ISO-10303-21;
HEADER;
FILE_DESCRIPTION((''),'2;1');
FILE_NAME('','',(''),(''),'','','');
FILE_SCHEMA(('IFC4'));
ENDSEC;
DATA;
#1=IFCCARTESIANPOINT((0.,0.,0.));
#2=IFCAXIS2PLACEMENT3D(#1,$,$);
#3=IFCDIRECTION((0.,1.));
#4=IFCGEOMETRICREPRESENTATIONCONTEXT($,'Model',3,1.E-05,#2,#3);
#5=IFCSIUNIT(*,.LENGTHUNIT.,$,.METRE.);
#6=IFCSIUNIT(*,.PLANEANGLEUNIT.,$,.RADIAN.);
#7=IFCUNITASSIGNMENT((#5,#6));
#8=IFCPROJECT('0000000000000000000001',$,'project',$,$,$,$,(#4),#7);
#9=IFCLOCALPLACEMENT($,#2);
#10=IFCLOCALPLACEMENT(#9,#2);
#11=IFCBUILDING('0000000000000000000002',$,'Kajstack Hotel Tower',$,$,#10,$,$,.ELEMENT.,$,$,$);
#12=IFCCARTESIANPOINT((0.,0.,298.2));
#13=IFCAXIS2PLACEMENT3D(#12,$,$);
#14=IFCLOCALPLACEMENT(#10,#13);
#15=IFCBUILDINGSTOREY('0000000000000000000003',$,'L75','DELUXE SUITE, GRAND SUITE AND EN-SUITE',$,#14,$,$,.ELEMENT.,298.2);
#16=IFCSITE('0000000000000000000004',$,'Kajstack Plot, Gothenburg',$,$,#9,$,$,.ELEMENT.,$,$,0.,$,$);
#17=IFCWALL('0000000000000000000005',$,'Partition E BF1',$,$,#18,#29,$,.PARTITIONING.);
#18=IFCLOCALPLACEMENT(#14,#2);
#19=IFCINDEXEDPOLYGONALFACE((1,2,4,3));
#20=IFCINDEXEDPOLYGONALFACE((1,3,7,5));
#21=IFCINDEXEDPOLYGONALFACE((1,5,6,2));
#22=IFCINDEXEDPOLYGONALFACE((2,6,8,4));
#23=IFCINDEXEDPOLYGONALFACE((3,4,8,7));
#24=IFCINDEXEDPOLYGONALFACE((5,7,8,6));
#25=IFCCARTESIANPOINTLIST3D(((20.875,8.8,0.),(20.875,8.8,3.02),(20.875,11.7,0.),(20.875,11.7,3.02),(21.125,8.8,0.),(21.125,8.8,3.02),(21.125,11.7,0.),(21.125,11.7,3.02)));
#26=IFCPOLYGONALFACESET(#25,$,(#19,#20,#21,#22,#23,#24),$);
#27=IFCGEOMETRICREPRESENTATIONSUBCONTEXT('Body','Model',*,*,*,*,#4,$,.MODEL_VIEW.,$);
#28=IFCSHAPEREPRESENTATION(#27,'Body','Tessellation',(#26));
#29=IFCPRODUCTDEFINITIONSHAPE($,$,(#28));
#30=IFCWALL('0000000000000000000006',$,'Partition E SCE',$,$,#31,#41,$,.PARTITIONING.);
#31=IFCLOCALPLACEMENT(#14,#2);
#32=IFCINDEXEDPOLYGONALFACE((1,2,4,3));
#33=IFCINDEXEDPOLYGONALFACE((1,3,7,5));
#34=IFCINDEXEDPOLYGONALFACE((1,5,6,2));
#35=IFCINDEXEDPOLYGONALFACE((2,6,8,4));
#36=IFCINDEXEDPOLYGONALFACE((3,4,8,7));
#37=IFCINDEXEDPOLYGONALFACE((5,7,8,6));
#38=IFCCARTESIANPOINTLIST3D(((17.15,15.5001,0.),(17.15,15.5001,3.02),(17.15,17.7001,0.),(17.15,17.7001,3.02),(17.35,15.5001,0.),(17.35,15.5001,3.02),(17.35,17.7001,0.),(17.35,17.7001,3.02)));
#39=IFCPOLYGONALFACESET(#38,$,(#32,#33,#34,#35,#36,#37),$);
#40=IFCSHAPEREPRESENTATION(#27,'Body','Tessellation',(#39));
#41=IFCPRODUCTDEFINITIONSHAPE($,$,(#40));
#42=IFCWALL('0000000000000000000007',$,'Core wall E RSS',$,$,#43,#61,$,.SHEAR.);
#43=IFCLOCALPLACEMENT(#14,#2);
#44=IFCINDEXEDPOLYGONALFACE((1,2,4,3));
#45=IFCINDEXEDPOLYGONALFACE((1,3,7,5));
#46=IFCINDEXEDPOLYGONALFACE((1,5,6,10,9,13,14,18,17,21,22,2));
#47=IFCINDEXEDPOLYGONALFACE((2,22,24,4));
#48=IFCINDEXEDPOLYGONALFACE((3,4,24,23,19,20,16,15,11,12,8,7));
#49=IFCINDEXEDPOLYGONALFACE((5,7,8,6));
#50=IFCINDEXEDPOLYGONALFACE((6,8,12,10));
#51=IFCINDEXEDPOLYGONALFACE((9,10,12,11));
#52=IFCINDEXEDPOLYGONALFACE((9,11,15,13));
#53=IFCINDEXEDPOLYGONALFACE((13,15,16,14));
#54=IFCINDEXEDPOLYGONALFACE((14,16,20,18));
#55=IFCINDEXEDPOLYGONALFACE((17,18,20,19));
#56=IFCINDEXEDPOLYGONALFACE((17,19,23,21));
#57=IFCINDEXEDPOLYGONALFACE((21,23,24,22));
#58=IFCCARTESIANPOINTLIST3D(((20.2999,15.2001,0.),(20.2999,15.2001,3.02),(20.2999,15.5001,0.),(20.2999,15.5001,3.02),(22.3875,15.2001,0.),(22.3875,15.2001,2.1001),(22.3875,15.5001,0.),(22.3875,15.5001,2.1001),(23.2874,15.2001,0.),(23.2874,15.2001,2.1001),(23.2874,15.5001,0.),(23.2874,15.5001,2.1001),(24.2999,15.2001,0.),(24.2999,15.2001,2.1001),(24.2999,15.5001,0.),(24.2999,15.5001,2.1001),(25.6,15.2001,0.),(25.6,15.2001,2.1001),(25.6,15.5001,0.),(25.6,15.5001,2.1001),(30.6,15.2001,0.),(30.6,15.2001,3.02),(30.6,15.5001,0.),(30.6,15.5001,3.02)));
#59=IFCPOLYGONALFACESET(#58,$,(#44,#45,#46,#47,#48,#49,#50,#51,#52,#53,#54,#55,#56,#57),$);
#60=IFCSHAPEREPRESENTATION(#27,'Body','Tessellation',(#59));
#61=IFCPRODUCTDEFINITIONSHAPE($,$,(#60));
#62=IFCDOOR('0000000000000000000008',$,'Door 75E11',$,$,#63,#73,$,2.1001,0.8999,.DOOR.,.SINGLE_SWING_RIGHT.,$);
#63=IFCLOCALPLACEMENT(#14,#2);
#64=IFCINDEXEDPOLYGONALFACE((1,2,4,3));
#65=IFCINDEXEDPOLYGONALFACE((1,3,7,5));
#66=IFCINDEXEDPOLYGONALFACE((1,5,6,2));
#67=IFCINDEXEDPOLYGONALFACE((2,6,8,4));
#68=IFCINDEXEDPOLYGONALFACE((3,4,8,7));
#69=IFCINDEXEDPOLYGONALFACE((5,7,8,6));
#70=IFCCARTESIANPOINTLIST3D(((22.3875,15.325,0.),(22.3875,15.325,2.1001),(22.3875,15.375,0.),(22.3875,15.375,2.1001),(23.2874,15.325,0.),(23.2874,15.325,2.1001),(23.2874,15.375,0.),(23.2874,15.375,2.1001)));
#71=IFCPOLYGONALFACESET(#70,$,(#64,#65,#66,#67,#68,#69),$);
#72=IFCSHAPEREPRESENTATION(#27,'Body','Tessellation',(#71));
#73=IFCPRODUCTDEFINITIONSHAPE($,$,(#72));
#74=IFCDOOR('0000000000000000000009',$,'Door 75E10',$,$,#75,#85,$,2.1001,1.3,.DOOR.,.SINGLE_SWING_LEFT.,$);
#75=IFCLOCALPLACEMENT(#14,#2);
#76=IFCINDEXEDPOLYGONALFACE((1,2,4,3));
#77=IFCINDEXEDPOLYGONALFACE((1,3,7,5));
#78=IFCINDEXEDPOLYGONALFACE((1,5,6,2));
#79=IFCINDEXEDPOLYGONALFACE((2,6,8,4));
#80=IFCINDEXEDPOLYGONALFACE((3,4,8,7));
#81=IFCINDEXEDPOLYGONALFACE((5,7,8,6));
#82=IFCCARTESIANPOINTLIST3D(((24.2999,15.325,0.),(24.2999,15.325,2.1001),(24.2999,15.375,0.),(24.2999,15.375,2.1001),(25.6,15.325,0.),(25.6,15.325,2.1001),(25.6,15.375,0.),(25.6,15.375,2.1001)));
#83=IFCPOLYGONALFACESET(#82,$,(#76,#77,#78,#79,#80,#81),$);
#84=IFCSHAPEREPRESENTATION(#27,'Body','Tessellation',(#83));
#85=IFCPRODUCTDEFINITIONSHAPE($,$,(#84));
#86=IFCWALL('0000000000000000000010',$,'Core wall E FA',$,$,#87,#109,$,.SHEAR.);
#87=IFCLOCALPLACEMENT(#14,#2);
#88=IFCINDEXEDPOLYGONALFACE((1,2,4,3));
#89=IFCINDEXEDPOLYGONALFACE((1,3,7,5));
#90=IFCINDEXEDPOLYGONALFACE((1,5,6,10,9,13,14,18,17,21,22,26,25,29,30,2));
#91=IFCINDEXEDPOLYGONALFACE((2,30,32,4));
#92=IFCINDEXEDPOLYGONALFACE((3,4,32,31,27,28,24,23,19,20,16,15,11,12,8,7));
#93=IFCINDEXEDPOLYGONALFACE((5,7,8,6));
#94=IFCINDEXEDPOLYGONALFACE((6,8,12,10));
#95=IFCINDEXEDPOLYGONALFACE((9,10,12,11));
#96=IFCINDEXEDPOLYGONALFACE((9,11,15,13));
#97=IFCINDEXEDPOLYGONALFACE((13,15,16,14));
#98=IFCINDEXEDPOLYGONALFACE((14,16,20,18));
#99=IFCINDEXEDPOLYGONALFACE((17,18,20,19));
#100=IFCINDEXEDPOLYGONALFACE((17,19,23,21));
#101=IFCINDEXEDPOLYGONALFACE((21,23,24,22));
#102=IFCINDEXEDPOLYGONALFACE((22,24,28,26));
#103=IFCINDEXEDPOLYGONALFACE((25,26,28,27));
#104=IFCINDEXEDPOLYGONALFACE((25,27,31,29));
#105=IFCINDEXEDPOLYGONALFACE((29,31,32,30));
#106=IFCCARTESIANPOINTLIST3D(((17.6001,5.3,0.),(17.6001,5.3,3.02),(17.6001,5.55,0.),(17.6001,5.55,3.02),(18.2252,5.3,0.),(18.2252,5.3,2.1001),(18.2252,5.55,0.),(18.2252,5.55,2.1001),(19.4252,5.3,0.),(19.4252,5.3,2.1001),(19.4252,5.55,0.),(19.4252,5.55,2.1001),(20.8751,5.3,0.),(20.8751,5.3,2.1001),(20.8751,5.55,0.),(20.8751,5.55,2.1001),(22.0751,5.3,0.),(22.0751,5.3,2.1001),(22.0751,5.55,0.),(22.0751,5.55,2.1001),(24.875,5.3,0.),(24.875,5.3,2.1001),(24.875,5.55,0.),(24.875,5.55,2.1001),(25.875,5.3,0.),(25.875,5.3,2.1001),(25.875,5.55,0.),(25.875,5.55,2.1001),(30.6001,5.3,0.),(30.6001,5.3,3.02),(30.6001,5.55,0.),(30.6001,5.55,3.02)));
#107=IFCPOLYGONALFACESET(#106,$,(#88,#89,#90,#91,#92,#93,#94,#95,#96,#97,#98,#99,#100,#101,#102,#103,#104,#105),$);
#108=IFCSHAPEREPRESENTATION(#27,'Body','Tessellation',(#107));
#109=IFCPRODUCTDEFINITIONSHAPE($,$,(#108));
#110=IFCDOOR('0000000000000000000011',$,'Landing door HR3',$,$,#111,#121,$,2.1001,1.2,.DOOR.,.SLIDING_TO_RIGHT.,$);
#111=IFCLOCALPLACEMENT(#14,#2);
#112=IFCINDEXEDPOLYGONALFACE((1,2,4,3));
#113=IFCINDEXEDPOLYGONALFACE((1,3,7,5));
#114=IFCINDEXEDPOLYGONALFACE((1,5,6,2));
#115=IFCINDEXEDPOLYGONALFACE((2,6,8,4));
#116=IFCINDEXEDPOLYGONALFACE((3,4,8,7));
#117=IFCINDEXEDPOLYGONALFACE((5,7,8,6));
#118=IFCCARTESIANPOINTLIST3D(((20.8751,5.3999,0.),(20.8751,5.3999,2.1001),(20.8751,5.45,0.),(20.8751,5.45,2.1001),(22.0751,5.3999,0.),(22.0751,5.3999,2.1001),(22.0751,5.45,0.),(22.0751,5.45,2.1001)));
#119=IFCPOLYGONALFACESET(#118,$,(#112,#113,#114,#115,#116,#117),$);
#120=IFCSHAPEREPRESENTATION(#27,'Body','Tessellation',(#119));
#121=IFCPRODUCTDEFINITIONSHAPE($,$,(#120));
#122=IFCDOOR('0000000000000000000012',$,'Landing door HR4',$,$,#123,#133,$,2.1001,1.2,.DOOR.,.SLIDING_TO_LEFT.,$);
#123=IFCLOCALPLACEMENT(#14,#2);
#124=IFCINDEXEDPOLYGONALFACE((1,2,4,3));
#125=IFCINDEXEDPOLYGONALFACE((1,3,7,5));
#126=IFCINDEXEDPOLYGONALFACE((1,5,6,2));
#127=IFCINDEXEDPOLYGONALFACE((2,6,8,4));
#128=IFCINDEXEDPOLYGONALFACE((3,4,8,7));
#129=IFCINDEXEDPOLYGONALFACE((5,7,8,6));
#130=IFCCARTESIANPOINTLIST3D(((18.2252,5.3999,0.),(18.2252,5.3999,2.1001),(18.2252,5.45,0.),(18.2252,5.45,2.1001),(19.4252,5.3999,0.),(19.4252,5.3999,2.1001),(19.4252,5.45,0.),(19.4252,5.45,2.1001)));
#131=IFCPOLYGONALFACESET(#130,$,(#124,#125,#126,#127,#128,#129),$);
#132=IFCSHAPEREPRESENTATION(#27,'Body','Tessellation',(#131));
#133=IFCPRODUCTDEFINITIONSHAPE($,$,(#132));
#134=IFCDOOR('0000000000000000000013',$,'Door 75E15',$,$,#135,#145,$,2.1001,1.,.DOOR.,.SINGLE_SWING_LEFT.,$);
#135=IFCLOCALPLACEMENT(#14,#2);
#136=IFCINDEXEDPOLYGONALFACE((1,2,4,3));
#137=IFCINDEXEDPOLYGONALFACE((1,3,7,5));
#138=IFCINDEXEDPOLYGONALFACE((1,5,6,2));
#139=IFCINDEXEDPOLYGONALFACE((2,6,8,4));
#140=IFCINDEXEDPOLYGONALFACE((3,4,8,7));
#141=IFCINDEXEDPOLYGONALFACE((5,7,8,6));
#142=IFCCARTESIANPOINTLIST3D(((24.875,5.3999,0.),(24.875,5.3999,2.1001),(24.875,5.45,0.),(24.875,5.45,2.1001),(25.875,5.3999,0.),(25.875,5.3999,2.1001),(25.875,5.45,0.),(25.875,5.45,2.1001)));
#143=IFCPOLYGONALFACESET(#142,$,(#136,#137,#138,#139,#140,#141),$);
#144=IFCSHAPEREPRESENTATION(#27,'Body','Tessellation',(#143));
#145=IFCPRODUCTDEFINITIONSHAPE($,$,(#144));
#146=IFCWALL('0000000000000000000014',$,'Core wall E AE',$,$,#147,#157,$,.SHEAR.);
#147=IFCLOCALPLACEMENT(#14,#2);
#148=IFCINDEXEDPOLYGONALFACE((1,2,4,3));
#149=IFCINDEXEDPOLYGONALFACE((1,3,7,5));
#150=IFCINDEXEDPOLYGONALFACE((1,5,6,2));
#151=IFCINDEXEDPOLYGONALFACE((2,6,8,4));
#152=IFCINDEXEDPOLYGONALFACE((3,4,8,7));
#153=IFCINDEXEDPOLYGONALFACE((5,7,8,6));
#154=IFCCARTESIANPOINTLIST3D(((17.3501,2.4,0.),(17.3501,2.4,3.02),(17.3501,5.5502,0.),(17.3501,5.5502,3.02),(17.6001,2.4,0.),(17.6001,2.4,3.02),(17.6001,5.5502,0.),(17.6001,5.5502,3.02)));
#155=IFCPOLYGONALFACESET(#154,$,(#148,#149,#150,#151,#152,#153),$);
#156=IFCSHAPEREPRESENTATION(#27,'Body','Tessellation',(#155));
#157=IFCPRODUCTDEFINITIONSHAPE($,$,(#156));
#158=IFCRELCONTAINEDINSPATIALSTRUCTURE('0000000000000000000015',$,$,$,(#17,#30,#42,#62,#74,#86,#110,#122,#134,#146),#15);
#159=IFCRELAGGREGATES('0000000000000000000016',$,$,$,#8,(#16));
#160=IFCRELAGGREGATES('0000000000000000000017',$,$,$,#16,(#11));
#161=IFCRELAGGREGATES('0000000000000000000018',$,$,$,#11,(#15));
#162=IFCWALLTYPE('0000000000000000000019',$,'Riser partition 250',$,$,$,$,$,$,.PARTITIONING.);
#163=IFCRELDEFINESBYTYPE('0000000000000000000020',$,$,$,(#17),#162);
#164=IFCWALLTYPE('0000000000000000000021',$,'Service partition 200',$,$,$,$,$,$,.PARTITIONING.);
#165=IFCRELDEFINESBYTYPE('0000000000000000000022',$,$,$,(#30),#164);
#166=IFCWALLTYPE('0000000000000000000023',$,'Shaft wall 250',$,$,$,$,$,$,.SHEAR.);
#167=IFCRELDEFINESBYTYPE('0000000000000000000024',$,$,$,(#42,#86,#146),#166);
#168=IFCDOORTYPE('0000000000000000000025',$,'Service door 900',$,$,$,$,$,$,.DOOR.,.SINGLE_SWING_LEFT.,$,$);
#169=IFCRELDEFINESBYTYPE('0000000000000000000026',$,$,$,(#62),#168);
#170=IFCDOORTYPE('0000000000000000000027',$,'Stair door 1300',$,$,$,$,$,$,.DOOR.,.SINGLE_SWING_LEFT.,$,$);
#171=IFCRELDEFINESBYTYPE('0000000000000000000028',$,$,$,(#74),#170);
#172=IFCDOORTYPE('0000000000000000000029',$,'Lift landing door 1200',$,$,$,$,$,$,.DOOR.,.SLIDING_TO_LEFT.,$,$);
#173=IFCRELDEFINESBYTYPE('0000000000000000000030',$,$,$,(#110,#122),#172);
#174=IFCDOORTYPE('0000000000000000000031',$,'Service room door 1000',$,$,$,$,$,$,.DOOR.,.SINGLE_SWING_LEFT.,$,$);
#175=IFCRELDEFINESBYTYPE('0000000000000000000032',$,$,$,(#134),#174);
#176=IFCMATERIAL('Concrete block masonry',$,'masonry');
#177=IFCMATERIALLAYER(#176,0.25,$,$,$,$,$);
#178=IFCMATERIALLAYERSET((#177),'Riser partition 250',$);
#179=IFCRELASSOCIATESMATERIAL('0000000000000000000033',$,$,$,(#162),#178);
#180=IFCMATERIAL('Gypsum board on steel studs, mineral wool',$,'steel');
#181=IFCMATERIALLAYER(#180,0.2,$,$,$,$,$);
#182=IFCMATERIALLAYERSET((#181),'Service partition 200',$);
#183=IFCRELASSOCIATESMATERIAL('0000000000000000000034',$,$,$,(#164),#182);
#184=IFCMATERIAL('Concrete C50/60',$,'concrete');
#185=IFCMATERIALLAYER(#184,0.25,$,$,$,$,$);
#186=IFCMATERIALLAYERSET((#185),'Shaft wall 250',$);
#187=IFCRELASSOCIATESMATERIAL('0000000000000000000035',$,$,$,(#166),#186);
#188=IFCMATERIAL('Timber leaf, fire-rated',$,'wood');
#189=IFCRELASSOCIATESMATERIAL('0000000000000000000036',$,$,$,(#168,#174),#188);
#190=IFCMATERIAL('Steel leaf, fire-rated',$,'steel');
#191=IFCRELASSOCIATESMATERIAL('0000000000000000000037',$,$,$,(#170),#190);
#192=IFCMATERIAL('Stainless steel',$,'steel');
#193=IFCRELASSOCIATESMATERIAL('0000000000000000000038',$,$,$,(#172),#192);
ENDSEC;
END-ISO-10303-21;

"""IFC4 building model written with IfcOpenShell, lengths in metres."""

from ifc_helpers import new_model, si_unit, direction, frame, frame_2d, origin, place, context, subcontext, project, spatial, rectangle, extrude, material, layer, layer_set, type_object, element, fill, save


model = new_model("IFC4")

# Units and contexts
model_context = context("Model", 3, precision=1e-05, world=origin(), true_north=direction((0.0, 1.0)))
body_context = subcontext(model_context, "Body", "Model", "MODEL_VIEW")
ifc_project = project(units=[si_unit("LENGTHUNIT", "METRE"), si_unit("PLANEANGLEUNIT", "RADIAN")], contexts=[model_context])

# Site, building, storey
site_placement = place(None, origin())
site = spatial("IfcSite", under=ifc_project, at=site_placement, Name="Kajstack Plot, Gothenburg", CompositionType="ELEMENT", RefElevation=0.0)
building_placement = place(site_placement, origin())
building = spatial("IfcBuilding", under=site, at=building_placement, Name="Kajstack Hotel Tower", CompositionType="ELEMENT")
storey_placement = place(building_placement, frame((0.0, 0.0, 298.2)))
storey = spatial("IfcBuildingStorey", under=building, at=storey_placement, Name="L75", Description="DELUXE SUITE, GRAND SUITE AND EN-SUITE", CompositionType="ELEMENT", Elevation=298.2)

# Walls
ifc_material_1 = material(Name="Concrete block masonry", Category="masonry")
ifc_layer_1 = layer(ifc_material_1, 0.25)
ifc_layer_set_1 = layer_set([ifc_layer_1], Name="Riser partition 250")
wall_type_1 = type_object("IfcWallType", Name="Riser partition 250", PredefinedType="PARTITIONING", material=ifc_layer_set_1)
wall_1_placement = place(storey_placement, frame((21.0, 8.8, 0.0), z_axis=(0.0, 0.0, 1.0), x_axis=(0.0, 1.0, 0.0)))
element("IfcWall", 1, at=wall_1_placement, inside=storey, type_object=wall_type_1, Name="Partition E BF1", PredefinedType="PARTITIONING", context=body_context, shape_type="SweptSolid", body=[
    extrude(rectangle(XDim=2.8999, YDim=0.25, at=frame_2d((1.45, 0.0))), origin(), (0.0, 0.0, 1.0), 3.02),
])
ifc_material_2 = material(Name="Gypsum board on steel studs, mineral wool", Category="steel")
ifc_layer_2 = layer(ifc_material_2, 0.2)
ifc_layer_set_2 = layer_set([ifc_layer_2], Name="Service partition 200")
wall_type_2 = type_object("IfcWallType", Name="Service partition 200", PredefinedType="PARTITIONING", material=ifc_layer_set_2)
wall_2_placement = place(storey_placement, frame((17.25, 15.5, 0.0), z_axis=(0.0, 0.0, 1.0), x_axis=(0.0, 1.0, 0.0)))
element("IfcWall", 2, at=wall_2_placement, inside=storey, type_object=wall_type_2, Name="Partition E SCE", PredefinedType="PARTITIONING", context=body_context, shape_type="SweptSolid", body=[
    extrude(rectangle(XDim=2.2, YDim=0.2, at=frame_2d((1.1001, 0.0))), origin(), (0.0, 0.0, 1.0), 3.02),
])

# Walls, openings, doors
ifc_material_3 = material(Name="Concrete C50/60", Category="concrete")
ifc_layer_3 = layer(ifc_material_3, 0.25)
ifc_layer_set_3 = layer_set([ifc_layer_3], Name="Shaft wall 250")
wall_type_3 = type_object("IfcWallType", Name="Shaft wall 250", PredefinedType="SHEAR", material=ifc_layer_set_3)
wall_3_placement = place(storey_placement, frame((20.3, 15.3501, 0.0), z_axis=(0.0, 0.0, 1.0), x_axis=(1.0, 0.0, 0.0)))
wall_3 = element("IfcWall", 3, at=wall_3_placement, inside=storey, type_object=wall_type_3, Name="Core wall E RSS", PredefinedType="SHEAR", context=body_context, shape_type="SweptSolid", body=[
    extrude(rectangle(XDim=10.3, YDim=0.3, at=frame_2d((5.1499, 0.0))), origin(), (0.0, 0.0, 1.0), 3.02),
])
opening_1_placement = place(wall_3_placement, frame((4.0, 0.0, 0.0)))
opening_1 = element("IfcOpeningElement", 4, at=opening_1_placement, cuts=wall_3, PredefinedType="OPENING", context=body_context, shape_type="SweptSolid", body=[
    extrude(rectangle(XDim=1.3, YDim=2.1001, at=frame_2d((0.6499, 1.05))), frame((0.0, 0.1599, 0.0), z_axis=(0.0, -1.0, 0.0), x_axis=(1.0, 0.0, 0.0)), (0.0, 0.0, 1.0), 0.3201),
])
opening_2_placement = place(wall_3_placement, frame((2.0874, 0.0, 0.0)))
opening_2 = element("IfcOpeningElement", 5, at=opening_2_placement, cuts=wall_3, PredefinedType="OPENING", context=body_context, shape_type="SweptSolid", body=[
    extrude(rectangle(XDim=0.8999, YDim=2.1001, at=frame_2d((0.45, 1.05))), frame((0.0, 0.1599, 0.0), z_axis=(0.0, -1.0, 0.0), x_axis=(1.0, 0.0, 0.0)), (0.0, 0.0, 1.0), 0.3201),
])
ifc_material_4 = material(Name="Timber leaf, fire-rated", Category="wood")
door_type_1 = type_object("IfcDoorType", Name="Service door 900", OperationType="SINGLE_SWING_LEFT", PredefinedType="DOOR", material=ifc_material_4)
door_1_placement = place(opening_2_placement, origin())
door_1 = element("IfcDoor", 6, at=door_1_placement, inside=storey, type_object=door_type_1, Name="Door 75E11", OperationType="SINGLE_SWING_RIGHT", OverallHeight=2.1001, OverallWidth=0.8999, PredefinedType="DOOR", context=body_context, shape_type="SweptSolid", body=[
    extrude(rectangle(XDim=0.8999, YDim=2.1001, at=frame_2d((0.45, 1.05))), frame((0.0, 0.0249, 0.0), z_axis=(0.0, -1.0, 0.0), x_axis=(1.0, 0.0, 0.0)), (0.0, 0.0, 1.0), 0.05),
])
fill(opening_2, door_1)
ifc_material_5 = material(Name="Steel leaf, fire-rated", Category="steel")
door_type_2 = type_object("IfcDoorType", Name="Stair door 1300", OperationType="SINGLE_SWING_LEFT", PredefinedType="DOOR", material=ifc_material_5)
door_2_placement = place(opening_1_placement, origin())
door_2 = element("IfcDoor", 7, at=door_2_placement, inside=storey, type_object=door_type_2, Name="Door 75E10", OperationType="SINGLE_SWING_LEFT", OverallHeight=2.1001, OverallWidth=1.3, PredefinedType="DOOR", context=body_context, shape_type="SweptSolid", body=[
    extrude(rectangle(XDim=1.3, YDim=2.1001, at=frame_2d((0.6499, 1.05))), frame((0.0, 0.0249, 0.0), z_axis=(0.0, -1.0, 0.0), x_axis=(1.0, 0.0, 0.0)), (0.0, 0.0, 1.0), 0.05),
])
fill(opening_1, door_2)
wall_4_placement = place(storey_placement, frame((17.6001, 5.425, 0.0), z_axis=(0.0, 0.0, 1.0), x_axis=(1.0, 0.0, 0.0)))
wall_4 = element("IfcWall", 8, at=wall_4_placement, inside=storey, type_object=wall_type_3, Name="Core wall E FA", PredefinedType="SHEAR", context=body_context, shape_type="SweptSolid", body=[
    extrude(rectangle(XDim=13.0, YDim=0.25, at=frame_2d((6.5, 0.0))), origin(), (0.0, 0.0, 1.0), 3.02),
])
opening_3_placement = place(wall_4_placement, frame((3.2749, 0.0, 0.0)))
opening_3 = element("IfcOpeningElement", 9, at=opening_3_placement, cuts=wall_4, PredefinedType="OPENING", context=body_context, shape_type="SweptSolid", body=[
    extrude(rectangle(XDim=1.2, YDim=2.1001, at=frame_2d((0.6001, 1.05))), frame((0.0, 0.135, 0.0), z_axis=(0.0, -1.0, 0.0), x_axis=(1.0, 0.0, 0.0)), (0.0, 0.0, 1.0), 0.27),
])
opening_4_placement = place(wall_4_placement, frame((0.625, 0.0, 0.0)))
opening_4 = element("IfcOpeningElement", 10, at=opening_4_placement, cuts=wall_4, PredefinedType="OPENING", context=body_context, shape_type="SweptSolid", body=[
    extrude(rectangle(XDim=1.2, YDim=2.1001, at=frame_2d((0.6001, 1.05))), frame((0.0, 0.135, 0.0), z_axis=(0.0, -1.0, 0.0), x_axis=(1.0, 0.0, 0.0)), (0.0, 0.0, 1.0), 0.27),
])
opening_5_placement = place(wall_4_placement, frame((7.2749, 0.0, 0.0)))
opening_5 = element("IfcOpeningElement", 11, at=opening_5_placement, cuts=wall_4, PredefinedType="OPENING", context=body_context, shape_type="SweptSolid", body=[
    extrude(rectangle(XDim=1.0, YDim=2.1001, at=frame_2d((0.5, 1.05))), frame((0.0, 0.135, 0.0), z_axis=(0.0, -1.0, 0.0), x_axis=(1.0, 0.0, 0.0)), (0.0, 0.0, 1.0), 0.27),
])
ifc_material_6 = material(Name="Stainless steel", Category="steel")
door_type_3 = type_object("IfcDoorType", Name="Lift landing door 1200", OperationType="SLIDING_TO_LEFT", PredefinedType="DOOR", material=ifc_material_6)
door_3_placement = place(opening_3_placement, origin())
door_3 = element("IfcDoor", 12, at=door_3_placement, inside=storey, type_object=door_type_3, Name="Landing door HR3", OperationType="SLIDING_TO_RIGHT", OverallHeight=2.1001, OverallWidth=1.2, PredefinedType="DOOR", context=body_context, shape_type="SweptSolid", body=[
    extrude(rectangle(XDim=1.2, YDim=2.1001, at=frame_2d((0.6001, 1.05))), frame((0.0, 0.0249, 0.0), z_axis=(0.0, -1.0, 0.0), x_axis=(1.0, 0.0, 0.0)), (0.0, 0.0, 1.0), 0.05),
])
fill(opening_3, door_3)
door_4_placement = place(opening_4_placement, origin())
door_4 = element("IfcDoor", 13, at=door_4_placement, inside=storey, type_object=door_type_3, Name="Landing door HR4", OperationType="SLIDING_TO_LEFT", OverallHeight=2.1001, OverallWidth=1.2, PredefinedType="DOOR", context=body_context, shape_type="SweptSolid", body=[
    extrude(rectangle(XDim=1.2, YDim=2.1001, at=frame_2d((0.6001, 1.05))), frame((0.0, 0.0249, 0.0), z_axis=(0.0, -1.0, 0.0), x_axis=(1.0, 0.0, 0.0)), (0.0, 0.0, 1.0), 0.05),
])
fill(opening_4, door_4)
door_type_4 = type_object("IfcDoorType", Name="Service room door 1000", OperationType="SINGLE_SWING_LEFT", PredefinedType="DOOR", material=ifc_material_4)
door_5_placement = place(opening_5_placement, origin())
door_5 = element("IfcDoor", 14, at=door_5_placement, inside=storey, type_object=door_type_4, Name="Door 75E15", OperationType="SINGLE_SWING_LEFT", OverallHeight=2.1001, OverallWidth=1.0, PredefinedType="DOOR", context=body_context, shape_type="SweptSolid", body=[
    extrude(rectangle(XDim=1.0, YDim=2.1001, at=frame_2d((0.5, 1.05))), frame((0.0, 0.0249, 0.0), z_axis=(0.0, -1.0, 0.0), x_axis=(1.0, 0.0, 0.0)), (0.0, 0.0, 1.0), 0.05),
])
fill(opening_5, door_5)

# Wall
wall_5_placement = place(storey_placement, frame((17.4751, 2.3999, 0.0), z_axis=(0.0, 0.0, 1.0), x_axis=(0.0, 1.0, 0.0)))
element("IfcWall", 15, at=wall_5_placement, inside=storey, type_object=wall_type_3, Name="Core wall E AE", PredefinedType="SHEAR", context=body_context, shape_type="SweptSolid", body=[
    extrude(rectangle(XDim=3.1501, YDim=0.25, at=frame_2d((1.5752, 0.0))), origin(), (0.0, 0.0, 1.0), 3.02),
])

save(model, "model.ifc")
